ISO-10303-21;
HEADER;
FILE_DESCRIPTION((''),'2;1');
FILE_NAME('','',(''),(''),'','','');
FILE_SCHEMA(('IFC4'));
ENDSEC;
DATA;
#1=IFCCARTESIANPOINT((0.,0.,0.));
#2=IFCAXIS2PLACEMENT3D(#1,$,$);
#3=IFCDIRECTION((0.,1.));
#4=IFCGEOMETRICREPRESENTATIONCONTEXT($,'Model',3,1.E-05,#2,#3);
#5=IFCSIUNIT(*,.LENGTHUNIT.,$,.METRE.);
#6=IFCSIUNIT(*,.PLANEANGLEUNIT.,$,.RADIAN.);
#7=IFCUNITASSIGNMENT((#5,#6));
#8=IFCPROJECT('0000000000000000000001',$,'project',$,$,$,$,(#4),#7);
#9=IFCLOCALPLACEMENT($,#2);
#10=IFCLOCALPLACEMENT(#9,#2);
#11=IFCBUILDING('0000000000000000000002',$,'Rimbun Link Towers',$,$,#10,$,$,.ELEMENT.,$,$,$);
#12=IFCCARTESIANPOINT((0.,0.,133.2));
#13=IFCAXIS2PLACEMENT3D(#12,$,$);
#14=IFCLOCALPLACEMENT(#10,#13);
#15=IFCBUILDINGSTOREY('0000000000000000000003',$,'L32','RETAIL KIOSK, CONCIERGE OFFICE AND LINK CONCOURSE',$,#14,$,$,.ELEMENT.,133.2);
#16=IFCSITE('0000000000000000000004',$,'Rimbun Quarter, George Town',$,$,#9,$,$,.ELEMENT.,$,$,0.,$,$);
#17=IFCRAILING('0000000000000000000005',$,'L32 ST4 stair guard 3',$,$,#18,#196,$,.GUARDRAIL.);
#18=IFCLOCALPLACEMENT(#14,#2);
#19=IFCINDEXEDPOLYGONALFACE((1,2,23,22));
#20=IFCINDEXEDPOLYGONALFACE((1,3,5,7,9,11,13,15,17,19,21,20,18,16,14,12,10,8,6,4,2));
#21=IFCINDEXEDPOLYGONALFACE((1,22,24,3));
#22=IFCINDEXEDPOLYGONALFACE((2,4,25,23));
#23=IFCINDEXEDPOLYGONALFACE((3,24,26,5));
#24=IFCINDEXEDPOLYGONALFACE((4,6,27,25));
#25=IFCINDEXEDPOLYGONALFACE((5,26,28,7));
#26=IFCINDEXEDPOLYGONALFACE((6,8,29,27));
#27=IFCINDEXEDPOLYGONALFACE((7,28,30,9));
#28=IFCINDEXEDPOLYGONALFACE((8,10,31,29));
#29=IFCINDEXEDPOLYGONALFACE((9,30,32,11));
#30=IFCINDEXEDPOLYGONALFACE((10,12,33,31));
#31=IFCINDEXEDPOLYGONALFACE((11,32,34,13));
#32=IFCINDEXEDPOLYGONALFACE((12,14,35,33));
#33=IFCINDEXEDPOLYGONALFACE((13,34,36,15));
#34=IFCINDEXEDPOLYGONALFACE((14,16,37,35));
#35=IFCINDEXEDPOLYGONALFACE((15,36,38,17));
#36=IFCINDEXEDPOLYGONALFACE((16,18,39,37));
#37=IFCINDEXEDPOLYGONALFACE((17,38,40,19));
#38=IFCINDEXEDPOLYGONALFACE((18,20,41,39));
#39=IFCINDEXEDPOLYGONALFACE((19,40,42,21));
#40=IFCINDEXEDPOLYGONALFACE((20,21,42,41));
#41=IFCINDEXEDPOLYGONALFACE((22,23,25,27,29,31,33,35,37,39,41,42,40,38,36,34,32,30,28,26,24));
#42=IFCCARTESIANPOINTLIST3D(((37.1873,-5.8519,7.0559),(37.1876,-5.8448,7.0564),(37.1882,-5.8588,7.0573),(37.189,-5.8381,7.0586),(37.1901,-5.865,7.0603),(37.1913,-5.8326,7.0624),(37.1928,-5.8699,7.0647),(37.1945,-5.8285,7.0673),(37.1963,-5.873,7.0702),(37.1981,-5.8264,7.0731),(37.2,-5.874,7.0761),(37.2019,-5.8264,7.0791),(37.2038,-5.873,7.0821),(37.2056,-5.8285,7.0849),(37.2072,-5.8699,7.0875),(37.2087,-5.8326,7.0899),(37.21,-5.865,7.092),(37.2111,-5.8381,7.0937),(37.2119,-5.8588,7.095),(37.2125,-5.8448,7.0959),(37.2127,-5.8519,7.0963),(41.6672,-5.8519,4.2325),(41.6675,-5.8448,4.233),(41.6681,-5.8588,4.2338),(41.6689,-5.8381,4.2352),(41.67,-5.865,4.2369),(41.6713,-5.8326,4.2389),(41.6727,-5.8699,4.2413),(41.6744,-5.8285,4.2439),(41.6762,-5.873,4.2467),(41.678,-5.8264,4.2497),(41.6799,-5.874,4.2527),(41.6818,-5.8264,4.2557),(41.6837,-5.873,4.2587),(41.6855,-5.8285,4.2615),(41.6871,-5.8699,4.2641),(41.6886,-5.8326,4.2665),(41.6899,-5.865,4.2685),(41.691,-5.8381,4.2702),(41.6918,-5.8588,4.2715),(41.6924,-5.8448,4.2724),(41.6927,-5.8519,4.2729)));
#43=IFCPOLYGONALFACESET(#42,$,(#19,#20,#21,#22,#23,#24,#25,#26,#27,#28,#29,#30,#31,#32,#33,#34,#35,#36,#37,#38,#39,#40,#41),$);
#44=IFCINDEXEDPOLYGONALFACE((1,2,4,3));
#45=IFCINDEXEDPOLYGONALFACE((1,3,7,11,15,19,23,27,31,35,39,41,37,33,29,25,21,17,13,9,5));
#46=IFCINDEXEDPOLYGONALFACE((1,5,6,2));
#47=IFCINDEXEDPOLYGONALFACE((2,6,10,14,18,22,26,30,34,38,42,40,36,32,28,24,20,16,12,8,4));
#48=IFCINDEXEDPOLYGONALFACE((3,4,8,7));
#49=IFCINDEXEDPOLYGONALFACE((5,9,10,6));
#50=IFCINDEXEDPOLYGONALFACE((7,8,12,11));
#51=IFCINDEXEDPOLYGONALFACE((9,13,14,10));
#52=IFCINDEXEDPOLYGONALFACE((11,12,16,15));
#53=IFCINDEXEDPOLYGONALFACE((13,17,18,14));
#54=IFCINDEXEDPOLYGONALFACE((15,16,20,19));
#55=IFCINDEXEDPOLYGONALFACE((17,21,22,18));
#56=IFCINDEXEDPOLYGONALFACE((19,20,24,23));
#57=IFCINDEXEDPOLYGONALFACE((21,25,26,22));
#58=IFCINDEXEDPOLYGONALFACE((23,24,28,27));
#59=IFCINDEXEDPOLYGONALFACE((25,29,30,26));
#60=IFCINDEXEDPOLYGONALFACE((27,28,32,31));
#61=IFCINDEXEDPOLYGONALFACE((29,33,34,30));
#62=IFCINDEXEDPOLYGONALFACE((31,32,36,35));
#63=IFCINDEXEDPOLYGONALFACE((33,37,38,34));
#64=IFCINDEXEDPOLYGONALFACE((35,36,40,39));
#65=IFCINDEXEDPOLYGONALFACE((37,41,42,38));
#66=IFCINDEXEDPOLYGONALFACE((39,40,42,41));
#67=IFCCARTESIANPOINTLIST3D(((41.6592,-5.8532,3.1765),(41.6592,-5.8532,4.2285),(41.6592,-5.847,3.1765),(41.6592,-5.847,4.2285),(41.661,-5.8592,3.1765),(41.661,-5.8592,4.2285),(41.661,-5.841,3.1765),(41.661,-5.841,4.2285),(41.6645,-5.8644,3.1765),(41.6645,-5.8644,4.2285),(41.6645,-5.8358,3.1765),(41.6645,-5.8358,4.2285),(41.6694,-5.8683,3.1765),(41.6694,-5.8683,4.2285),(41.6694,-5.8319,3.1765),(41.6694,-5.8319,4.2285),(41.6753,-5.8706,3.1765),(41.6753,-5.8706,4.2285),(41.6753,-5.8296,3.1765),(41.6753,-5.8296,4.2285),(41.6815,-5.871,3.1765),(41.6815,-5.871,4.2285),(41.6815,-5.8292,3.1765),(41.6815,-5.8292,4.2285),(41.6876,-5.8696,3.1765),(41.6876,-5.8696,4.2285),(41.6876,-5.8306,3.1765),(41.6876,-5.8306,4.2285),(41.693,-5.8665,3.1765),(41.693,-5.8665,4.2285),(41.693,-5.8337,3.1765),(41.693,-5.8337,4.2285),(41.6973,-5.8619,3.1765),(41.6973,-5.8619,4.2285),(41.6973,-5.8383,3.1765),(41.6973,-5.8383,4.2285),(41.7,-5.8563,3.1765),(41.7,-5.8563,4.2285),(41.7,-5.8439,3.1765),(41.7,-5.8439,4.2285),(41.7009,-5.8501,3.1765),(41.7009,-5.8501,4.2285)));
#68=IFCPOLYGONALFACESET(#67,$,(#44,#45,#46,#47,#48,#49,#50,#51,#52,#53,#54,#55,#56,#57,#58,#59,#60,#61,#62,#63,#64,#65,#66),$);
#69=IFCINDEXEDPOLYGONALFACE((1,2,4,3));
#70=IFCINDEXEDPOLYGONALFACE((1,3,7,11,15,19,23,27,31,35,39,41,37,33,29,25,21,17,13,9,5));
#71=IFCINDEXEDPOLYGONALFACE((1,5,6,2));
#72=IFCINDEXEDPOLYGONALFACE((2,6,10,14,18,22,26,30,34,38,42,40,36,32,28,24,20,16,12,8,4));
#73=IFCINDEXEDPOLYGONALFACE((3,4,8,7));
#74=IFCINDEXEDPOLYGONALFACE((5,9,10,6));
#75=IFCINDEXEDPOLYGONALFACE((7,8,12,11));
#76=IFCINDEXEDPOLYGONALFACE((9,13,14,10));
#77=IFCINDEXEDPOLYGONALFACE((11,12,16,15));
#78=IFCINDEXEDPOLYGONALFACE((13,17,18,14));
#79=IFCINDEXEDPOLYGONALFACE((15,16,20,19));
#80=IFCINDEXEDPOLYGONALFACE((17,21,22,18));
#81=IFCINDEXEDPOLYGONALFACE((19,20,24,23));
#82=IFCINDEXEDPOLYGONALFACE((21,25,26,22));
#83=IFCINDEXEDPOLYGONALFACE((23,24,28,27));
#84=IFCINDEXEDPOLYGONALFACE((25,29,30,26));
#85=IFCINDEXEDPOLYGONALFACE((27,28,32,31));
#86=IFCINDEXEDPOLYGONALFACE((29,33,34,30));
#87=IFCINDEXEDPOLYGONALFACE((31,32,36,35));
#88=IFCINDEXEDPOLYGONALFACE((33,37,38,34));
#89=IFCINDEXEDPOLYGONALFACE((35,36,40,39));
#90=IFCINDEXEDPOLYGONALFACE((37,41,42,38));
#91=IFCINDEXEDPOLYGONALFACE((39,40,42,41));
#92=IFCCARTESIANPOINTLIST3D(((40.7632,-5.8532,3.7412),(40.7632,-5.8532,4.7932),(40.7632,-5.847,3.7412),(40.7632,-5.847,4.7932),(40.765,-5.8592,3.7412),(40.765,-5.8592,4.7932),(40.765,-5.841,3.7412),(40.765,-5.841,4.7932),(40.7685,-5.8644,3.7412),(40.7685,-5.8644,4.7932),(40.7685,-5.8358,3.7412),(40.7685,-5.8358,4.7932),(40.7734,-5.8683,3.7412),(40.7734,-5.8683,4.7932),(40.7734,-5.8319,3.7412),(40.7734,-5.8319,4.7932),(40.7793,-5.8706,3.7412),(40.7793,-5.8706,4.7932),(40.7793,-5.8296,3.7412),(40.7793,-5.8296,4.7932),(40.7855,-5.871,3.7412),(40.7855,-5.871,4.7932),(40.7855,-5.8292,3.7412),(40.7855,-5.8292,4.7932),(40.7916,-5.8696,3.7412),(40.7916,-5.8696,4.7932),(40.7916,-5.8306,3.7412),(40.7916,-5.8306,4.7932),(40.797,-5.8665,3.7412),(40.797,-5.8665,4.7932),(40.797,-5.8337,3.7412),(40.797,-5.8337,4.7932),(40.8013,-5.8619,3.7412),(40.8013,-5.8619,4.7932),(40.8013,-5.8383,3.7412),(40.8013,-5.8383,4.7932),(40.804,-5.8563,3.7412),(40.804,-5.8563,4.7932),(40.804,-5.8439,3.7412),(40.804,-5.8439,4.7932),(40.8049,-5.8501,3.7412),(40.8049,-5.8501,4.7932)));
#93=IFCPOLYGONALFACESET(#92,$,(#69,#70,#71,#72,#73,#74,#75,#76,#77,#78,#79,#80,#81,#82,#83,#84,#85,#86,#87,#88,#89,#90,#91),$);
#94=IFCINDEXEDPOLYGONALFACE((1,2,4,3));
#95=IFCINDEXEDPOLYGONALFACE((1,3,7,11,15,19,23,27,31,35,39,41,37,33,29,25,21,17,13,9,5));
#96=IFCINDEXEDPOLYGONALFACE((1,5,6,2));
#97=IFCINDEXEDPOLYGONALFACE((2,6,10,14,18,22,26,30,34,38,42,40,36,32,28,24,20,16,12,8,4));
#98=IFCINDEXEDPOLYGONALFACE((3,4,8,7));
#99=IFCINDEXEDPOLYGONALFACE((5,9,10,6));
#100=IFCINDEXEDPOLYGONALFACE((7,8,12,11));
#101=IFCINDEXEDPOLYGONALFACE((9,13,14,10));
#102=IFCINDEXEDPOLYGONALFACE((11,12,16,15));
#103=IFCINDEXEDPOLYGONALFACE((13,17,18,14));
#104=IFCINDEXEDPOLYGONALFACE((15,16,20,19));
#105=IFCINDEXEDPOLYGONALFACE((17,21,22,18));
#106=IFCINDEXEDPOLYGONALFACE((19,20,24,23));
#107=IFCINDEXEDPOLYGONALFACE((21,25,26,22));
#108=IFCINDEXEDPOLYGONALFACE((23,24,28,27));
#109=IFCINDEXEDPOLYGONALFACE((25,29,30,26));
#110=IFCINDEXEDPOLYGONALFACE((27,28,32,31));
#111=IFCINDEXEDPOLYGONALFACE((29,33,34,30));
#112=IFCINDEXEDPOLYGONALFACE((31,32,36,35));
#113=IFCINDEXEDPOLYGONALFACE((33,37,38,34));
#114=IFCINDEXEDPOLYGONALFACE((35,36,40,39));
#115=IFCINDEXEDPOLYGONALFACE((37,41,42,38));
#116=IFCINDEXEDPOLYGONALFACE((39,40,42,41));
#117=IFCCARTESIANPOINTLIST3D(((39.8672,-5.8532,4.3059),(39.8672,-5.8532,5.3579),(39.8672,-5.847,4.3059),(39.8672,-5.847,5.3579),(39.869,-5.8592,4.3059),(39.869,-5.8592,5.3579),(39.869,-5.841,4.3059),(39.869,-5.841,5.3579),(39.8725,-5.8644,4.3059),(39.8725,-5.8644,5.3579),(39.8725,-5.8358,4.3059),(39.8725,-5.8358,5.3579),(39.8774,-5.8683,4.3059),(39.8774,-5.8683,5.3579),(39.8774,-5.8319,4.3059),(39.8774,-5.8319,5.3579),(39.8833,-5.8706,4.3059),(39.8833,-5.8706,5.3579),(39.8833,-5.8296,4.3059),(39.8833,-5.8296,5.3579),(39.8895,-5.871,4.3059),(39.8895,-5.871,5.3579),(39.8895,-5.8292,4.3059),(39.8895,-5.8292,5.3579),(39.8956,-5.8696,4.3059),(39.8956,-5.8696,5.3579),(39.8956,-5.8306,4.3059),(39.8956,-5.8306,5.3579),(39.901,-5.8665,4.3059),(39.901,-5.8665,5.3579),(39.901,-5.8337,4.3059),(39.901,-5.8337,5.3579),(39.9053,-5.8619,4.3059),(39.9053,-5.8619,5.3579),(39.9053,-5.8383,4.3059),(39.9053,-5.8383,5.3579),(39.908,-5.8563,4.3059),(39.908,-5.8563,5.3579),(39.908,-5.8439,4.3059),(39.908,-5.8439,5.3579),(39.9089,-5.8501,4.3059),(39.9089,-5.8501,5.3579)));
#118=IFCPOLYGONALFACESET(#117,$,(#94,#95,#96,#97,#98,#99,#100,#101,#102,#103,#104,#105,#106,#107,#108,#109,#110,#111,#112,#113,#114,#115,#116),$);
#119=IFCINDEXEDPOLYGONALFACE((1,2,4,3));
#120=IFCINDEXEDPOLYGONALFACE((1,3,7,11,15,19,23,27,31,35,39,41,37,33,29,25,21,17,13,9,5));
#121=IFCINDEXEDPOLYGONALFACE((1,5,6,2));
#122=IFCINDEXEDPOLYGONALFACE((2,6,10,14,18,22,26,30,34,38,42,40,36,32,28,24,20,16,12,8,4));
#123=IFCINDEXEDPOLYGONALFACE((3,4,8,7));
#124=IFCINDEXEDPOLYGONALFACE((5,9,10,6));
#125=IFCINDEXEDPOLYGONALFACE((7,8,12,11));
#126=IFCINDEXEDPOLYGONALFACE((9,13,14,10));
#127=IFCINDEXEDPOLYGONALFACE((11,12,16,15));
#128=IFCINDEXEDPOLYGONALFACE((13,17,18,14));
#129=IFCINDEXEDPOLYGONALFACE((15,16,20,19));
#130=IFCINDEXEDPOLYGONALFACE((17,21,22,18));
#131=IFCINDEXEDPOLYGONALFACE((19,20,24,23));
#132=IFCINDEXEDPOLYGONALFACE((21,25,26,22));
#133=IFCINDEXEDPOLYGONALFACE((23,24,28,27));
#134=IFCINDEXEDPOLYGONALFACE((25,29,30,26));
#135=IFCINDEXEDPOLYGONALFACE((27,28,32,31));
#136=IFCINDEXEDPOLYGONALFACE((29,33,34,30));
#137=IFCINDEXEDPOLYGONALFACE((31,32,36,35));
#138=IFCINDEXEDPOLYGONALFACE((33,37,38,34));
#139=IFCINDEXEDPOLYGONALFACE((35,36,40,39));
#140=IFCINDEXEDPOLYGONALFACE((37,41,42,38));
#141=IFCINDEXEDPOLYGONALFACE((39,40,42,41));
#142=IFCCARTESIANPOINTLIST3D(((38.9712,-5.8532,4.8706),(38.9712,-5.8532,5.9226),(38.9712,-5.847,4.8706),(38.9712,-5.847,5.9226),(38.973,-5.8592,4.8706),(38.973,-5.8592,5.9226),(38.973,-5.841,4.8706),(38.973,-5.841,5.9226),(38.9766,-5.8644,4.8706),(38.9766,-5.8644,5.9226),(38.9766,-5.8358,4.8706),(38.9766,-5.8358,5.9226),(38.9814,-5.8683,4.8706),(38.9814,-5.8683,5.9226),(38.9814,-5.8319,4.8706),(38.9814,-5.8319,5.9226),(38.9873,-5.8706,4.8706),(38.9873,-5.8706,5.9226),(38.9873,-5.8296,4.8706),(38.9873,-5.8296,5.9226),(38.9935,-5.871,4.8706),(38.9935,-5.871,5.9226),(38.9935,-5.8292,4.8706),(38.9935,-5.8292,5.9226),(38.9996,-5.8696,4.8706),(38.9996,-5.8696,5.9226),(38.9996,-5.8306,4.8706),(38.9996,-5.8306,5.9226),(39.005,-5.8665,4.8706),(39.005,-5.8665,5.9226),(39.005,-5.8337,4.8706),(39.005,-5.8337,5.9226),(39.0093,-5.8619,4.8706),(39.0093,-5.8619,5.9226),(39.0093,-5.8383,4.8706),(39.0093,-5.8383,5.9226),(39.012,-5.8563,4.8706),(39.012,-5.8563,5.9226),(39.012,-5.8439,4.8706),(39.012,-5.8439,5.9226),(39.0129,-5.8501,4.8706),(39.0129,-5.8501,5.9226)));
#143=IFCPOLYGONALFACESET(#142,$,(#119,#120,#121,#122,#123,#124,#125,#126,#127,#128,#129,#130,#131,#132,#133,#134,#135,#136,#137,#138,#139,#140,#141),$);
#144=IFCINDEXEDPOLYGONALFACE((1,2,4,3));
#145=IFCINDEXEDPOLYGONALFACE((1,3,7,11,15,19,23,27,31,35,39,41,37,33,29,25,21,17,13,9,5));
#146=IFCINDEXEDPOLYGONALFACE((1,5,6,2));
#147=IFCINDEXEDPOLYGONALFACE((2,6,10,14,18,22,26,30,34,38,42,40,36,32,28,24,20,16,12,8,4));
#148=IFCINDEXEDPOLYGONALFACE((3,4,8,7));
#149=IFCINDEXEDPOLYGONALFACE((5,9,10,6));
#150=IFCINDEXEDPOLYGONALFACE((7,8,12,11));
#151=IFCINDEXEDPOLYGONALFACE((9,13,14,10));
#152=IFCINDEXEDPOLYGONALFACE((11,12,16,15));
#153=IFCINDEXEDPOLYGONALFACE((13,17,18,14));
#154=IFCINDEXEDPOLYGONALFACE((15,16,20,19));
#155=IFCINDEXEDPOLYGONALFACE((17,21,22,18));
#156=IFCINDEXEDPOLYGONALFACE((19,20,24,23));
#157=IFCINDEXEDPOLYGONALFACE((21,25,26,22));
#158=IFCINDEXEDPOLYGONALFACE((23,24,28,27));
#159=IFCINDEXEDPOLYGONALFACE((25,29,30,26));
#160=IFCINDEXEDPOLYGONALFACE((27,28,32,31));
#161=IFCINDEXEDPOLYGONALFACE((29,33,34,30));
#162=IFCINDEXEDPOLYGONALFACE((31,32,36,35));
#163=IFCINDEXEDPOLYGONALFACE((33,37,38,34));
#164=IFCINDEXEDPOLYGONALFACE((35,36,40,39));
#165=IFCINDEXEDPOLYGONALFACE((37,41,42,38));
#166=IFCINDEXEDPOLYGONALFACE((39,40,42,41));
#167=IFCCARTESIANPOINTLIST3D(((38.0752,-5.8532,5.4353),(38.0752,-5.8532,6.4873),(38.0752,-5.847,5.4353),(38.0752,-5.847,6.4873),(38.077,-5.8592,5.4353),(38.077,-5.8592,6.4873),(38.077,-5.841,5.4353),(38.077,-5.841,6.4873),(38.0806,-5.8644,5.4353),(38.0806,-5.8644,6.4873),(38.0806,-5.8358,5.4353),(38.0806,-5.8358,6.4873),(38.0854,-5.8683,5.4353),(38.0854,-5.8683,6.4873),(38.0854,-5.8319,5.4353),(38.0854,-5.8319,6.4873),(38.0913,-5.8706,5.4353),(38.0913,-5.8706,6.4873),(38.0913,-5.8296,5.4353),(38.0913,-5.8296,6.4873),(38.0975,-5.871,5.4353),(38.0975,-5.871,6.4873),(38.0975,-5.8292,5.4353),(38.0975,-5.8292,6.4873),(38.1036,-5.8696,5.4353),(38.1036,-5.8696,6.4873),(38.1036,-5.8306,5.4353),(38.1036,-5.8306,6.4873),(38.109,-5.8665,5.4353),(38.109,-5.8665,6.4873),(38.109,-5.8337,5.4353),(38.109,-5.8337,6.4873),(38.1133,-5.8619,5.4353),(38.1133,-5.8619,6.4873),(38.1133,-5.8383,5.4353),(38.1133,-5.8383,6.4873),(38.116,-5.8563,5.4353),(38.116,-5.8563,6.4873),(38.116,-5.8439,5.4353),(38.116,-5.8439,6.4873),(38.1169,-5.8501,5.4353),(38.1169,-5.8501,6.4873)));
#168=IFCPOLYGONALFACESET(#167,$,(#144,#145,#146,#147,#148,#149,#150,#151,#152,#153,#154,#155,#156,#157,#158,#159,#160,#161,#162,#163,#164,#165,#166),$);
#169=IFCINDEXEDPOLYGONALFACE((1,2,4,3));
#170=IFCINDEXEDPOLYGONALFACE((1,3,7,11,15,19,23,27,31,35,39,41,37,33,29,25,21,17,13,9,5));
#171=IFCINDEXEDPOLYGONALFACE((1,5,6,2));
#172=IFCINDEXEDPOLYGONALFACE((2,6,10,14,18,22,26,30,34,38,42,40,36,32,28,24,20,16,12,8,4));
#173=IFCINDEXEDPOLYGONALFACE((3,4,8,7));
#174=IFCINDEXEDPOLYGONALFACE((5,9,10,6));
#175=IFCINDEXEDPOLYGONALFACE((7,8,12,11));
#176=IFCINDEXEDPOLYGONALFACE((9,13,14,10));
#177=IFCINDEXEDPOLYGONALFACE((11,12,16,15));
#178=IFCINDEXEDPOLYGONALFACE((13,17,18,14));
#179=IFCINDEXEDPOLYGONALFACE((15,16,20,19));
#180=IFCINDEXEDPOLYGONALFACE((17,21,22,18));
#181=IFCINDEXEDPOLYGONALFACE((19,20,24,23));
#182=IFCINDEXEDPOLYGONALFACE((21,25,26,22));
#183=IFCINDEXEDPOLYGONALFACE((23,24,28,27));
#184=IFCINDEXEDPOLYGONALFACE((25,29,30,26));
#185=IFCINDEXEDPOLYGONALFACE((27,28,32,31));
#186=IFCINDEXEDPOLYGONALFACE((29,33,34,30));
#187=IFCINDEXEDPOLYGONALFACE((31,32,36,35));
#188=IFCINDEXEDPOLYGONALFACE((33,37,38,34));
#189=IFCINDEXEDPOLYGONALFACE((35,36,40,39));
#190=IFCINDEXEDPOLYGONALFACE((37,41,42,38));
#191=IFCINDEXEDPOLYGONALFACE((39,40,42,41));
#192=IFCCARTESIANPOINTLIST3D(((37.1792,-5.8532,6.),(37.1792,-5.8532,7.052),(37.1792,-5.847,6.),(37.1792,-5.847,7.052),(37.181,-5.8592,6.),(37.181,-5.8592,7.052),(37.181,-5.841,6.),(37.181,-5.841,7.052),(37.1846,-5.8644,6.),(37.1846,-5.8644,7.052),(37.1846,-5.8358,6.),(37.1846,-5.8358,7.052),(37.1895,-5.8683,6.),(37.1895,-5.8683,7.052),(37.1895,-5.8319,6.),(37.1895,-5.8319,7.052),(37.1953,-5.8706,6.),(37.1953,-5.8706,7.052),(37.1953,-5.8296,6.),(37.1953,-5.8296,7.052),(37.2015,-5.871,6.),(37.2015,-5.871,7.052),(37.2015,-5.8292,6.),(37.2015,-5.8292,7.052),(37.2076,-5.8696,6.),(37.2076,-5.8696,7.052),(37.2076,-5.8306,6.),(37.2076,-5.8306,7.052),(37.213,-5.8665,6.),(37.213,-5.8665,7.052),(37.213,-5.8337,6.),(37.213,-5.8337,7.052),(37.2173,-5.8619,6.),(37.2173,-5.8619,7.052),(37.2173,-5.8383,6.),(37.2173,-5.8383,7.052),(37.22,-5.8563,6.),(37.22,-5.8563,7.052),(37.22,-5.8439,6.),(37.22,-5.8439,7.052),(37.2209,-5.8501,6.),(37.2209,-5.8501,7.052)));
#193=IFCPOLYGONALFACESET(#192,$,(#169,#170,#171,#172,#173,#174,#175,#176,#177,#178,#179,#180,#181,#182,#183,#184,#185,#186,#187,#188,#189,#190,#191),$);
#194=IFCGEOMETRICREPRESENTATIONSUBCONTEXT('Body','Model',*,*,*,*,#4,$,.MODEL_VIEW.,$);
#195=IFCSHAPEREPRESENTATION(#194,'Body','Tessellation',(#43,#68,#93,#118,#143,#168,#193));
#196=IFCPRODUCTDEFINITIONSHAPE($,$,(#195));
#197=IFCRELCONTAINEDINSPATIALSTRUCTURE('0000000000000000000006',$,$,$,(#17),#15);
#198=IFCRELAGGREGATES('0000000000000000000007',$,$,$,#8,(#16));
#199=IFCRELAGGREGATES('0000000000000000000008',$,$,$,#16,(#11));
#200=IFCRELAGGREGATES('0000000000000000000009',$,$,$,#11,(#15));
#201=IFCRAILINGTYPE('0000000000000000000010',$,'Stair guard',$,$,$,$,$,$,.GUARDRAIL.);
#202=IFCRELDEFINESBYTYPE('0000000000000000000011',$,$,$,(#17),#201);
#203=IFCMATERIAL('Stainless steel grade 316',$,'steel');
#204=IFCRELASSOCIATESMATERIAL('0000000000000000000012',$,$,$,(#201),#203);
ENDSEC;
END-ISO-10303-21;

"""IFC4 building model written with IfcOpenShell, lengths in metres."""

from ifc_helpers import new_model, si_unit, direction, frame, origin, origin_2d, place, context, subcontext, project, spatial, circle, extrude, material, type_object, element, save


model = new_model("IFC4")

# Units and contexts
model_context = context("Model", 3, precision=1e-05, world=origin(), true_north=direction((0.0, 1.0)))
body_context = subcontext(model_context, "Body", "Model", "MODEL_VIEW")
ifc_project = project(units=[si_unit("LENGTHUNIT", "METRE"), si_unit("PLANEANGLEUNIT", "RADIAN")], contexts=[model_context])

# Site, building, storey
site_placement = place(None, origin())
site = spatial("IfcSite", under=ifc_project, at=site_placement, Name="Rimbun Quarter, George Town", CompositionType="ELEMENT", RefElevation=0.0)
building_placement = place(site_placement, origin())
building = spatial("IfcBuilding", under=site, at=building_placement, Name="Rimbun Link Towers", CompositionType="ELEMENT")
storey_placement = place(building_placement, frame((0.0, 0.0, 133.2)))
storey = spatial("IfcBuildingStorey", under=building, at=storey_placement, Name="L32", Description="RETAIL KIOSK, CONCIERGE OFFICE AND LINK CONCOURSE", CompositionType="ELEMENT", Elevation=133.2)

# Railing
ifc_material_1 = material(Name="Stainless steel grade 316", Category="steel")
railing_type_1 = type_object("IfcRailingType", Name="Stair guard", PredefinedType="GUARDRAIL", material=ifc_material_1)
railing_1_placement = place(storey_placement, frame((41.6799, -5.8501, 3.1765)))
element("IfcRailing", 1, at=railing_1_placement, inside=storey, type_object=railing_type_1, Name="L32 ST4 stair guard 3", PredefinedType="GUARDRAIL", context=body_context, shape_type="SweptSolid", body=[
    extrude(circle(Radius=0.0239, at=origin_2d()), frame((0.0, 0.0, 1.0762), z_axis=(-0.845998, 0.0, 0.533186), x_axis=(0.0, -1.0, 0.0)), (0.0, 0.0, 1.0), 5.2954),
    extrude(circle(Radius=0.021, at=origin_2d()), origin(), (0.0, 0.0, 1.0), 1.052),
    extrude(circle(Radius=0.021, at=origin_2d()), frame((-0.896, 0.0, 0.5647)), (0.0, 0.0, 1.0), 1.052),
    extrude(circle(Radius=0.021, at=origin_2d()), frame((-1.792, 0.0, 1.1294)), (0.0, 0.0, 1.0), 1.052),
    extrude(circle(Radius=0.021, at=origin_2d()), frame((-2.688, 0.0, 1.6941)), (0.0, 0.0, 1.0), 1.052),
    extrude(circle(Radius=0.021, at=origin_2d()), frame((-3.584, 0.0, 2.2588)), (0.0, 0.0, 1.0), 1.052),
    extrude(circle(Radius=0.021, at=origin_2d()), frame((-4.48, 0.0, 2.8235)), (0.0, 0.0, 1.0), 1.052),
])

save(model, "model.ifc")
